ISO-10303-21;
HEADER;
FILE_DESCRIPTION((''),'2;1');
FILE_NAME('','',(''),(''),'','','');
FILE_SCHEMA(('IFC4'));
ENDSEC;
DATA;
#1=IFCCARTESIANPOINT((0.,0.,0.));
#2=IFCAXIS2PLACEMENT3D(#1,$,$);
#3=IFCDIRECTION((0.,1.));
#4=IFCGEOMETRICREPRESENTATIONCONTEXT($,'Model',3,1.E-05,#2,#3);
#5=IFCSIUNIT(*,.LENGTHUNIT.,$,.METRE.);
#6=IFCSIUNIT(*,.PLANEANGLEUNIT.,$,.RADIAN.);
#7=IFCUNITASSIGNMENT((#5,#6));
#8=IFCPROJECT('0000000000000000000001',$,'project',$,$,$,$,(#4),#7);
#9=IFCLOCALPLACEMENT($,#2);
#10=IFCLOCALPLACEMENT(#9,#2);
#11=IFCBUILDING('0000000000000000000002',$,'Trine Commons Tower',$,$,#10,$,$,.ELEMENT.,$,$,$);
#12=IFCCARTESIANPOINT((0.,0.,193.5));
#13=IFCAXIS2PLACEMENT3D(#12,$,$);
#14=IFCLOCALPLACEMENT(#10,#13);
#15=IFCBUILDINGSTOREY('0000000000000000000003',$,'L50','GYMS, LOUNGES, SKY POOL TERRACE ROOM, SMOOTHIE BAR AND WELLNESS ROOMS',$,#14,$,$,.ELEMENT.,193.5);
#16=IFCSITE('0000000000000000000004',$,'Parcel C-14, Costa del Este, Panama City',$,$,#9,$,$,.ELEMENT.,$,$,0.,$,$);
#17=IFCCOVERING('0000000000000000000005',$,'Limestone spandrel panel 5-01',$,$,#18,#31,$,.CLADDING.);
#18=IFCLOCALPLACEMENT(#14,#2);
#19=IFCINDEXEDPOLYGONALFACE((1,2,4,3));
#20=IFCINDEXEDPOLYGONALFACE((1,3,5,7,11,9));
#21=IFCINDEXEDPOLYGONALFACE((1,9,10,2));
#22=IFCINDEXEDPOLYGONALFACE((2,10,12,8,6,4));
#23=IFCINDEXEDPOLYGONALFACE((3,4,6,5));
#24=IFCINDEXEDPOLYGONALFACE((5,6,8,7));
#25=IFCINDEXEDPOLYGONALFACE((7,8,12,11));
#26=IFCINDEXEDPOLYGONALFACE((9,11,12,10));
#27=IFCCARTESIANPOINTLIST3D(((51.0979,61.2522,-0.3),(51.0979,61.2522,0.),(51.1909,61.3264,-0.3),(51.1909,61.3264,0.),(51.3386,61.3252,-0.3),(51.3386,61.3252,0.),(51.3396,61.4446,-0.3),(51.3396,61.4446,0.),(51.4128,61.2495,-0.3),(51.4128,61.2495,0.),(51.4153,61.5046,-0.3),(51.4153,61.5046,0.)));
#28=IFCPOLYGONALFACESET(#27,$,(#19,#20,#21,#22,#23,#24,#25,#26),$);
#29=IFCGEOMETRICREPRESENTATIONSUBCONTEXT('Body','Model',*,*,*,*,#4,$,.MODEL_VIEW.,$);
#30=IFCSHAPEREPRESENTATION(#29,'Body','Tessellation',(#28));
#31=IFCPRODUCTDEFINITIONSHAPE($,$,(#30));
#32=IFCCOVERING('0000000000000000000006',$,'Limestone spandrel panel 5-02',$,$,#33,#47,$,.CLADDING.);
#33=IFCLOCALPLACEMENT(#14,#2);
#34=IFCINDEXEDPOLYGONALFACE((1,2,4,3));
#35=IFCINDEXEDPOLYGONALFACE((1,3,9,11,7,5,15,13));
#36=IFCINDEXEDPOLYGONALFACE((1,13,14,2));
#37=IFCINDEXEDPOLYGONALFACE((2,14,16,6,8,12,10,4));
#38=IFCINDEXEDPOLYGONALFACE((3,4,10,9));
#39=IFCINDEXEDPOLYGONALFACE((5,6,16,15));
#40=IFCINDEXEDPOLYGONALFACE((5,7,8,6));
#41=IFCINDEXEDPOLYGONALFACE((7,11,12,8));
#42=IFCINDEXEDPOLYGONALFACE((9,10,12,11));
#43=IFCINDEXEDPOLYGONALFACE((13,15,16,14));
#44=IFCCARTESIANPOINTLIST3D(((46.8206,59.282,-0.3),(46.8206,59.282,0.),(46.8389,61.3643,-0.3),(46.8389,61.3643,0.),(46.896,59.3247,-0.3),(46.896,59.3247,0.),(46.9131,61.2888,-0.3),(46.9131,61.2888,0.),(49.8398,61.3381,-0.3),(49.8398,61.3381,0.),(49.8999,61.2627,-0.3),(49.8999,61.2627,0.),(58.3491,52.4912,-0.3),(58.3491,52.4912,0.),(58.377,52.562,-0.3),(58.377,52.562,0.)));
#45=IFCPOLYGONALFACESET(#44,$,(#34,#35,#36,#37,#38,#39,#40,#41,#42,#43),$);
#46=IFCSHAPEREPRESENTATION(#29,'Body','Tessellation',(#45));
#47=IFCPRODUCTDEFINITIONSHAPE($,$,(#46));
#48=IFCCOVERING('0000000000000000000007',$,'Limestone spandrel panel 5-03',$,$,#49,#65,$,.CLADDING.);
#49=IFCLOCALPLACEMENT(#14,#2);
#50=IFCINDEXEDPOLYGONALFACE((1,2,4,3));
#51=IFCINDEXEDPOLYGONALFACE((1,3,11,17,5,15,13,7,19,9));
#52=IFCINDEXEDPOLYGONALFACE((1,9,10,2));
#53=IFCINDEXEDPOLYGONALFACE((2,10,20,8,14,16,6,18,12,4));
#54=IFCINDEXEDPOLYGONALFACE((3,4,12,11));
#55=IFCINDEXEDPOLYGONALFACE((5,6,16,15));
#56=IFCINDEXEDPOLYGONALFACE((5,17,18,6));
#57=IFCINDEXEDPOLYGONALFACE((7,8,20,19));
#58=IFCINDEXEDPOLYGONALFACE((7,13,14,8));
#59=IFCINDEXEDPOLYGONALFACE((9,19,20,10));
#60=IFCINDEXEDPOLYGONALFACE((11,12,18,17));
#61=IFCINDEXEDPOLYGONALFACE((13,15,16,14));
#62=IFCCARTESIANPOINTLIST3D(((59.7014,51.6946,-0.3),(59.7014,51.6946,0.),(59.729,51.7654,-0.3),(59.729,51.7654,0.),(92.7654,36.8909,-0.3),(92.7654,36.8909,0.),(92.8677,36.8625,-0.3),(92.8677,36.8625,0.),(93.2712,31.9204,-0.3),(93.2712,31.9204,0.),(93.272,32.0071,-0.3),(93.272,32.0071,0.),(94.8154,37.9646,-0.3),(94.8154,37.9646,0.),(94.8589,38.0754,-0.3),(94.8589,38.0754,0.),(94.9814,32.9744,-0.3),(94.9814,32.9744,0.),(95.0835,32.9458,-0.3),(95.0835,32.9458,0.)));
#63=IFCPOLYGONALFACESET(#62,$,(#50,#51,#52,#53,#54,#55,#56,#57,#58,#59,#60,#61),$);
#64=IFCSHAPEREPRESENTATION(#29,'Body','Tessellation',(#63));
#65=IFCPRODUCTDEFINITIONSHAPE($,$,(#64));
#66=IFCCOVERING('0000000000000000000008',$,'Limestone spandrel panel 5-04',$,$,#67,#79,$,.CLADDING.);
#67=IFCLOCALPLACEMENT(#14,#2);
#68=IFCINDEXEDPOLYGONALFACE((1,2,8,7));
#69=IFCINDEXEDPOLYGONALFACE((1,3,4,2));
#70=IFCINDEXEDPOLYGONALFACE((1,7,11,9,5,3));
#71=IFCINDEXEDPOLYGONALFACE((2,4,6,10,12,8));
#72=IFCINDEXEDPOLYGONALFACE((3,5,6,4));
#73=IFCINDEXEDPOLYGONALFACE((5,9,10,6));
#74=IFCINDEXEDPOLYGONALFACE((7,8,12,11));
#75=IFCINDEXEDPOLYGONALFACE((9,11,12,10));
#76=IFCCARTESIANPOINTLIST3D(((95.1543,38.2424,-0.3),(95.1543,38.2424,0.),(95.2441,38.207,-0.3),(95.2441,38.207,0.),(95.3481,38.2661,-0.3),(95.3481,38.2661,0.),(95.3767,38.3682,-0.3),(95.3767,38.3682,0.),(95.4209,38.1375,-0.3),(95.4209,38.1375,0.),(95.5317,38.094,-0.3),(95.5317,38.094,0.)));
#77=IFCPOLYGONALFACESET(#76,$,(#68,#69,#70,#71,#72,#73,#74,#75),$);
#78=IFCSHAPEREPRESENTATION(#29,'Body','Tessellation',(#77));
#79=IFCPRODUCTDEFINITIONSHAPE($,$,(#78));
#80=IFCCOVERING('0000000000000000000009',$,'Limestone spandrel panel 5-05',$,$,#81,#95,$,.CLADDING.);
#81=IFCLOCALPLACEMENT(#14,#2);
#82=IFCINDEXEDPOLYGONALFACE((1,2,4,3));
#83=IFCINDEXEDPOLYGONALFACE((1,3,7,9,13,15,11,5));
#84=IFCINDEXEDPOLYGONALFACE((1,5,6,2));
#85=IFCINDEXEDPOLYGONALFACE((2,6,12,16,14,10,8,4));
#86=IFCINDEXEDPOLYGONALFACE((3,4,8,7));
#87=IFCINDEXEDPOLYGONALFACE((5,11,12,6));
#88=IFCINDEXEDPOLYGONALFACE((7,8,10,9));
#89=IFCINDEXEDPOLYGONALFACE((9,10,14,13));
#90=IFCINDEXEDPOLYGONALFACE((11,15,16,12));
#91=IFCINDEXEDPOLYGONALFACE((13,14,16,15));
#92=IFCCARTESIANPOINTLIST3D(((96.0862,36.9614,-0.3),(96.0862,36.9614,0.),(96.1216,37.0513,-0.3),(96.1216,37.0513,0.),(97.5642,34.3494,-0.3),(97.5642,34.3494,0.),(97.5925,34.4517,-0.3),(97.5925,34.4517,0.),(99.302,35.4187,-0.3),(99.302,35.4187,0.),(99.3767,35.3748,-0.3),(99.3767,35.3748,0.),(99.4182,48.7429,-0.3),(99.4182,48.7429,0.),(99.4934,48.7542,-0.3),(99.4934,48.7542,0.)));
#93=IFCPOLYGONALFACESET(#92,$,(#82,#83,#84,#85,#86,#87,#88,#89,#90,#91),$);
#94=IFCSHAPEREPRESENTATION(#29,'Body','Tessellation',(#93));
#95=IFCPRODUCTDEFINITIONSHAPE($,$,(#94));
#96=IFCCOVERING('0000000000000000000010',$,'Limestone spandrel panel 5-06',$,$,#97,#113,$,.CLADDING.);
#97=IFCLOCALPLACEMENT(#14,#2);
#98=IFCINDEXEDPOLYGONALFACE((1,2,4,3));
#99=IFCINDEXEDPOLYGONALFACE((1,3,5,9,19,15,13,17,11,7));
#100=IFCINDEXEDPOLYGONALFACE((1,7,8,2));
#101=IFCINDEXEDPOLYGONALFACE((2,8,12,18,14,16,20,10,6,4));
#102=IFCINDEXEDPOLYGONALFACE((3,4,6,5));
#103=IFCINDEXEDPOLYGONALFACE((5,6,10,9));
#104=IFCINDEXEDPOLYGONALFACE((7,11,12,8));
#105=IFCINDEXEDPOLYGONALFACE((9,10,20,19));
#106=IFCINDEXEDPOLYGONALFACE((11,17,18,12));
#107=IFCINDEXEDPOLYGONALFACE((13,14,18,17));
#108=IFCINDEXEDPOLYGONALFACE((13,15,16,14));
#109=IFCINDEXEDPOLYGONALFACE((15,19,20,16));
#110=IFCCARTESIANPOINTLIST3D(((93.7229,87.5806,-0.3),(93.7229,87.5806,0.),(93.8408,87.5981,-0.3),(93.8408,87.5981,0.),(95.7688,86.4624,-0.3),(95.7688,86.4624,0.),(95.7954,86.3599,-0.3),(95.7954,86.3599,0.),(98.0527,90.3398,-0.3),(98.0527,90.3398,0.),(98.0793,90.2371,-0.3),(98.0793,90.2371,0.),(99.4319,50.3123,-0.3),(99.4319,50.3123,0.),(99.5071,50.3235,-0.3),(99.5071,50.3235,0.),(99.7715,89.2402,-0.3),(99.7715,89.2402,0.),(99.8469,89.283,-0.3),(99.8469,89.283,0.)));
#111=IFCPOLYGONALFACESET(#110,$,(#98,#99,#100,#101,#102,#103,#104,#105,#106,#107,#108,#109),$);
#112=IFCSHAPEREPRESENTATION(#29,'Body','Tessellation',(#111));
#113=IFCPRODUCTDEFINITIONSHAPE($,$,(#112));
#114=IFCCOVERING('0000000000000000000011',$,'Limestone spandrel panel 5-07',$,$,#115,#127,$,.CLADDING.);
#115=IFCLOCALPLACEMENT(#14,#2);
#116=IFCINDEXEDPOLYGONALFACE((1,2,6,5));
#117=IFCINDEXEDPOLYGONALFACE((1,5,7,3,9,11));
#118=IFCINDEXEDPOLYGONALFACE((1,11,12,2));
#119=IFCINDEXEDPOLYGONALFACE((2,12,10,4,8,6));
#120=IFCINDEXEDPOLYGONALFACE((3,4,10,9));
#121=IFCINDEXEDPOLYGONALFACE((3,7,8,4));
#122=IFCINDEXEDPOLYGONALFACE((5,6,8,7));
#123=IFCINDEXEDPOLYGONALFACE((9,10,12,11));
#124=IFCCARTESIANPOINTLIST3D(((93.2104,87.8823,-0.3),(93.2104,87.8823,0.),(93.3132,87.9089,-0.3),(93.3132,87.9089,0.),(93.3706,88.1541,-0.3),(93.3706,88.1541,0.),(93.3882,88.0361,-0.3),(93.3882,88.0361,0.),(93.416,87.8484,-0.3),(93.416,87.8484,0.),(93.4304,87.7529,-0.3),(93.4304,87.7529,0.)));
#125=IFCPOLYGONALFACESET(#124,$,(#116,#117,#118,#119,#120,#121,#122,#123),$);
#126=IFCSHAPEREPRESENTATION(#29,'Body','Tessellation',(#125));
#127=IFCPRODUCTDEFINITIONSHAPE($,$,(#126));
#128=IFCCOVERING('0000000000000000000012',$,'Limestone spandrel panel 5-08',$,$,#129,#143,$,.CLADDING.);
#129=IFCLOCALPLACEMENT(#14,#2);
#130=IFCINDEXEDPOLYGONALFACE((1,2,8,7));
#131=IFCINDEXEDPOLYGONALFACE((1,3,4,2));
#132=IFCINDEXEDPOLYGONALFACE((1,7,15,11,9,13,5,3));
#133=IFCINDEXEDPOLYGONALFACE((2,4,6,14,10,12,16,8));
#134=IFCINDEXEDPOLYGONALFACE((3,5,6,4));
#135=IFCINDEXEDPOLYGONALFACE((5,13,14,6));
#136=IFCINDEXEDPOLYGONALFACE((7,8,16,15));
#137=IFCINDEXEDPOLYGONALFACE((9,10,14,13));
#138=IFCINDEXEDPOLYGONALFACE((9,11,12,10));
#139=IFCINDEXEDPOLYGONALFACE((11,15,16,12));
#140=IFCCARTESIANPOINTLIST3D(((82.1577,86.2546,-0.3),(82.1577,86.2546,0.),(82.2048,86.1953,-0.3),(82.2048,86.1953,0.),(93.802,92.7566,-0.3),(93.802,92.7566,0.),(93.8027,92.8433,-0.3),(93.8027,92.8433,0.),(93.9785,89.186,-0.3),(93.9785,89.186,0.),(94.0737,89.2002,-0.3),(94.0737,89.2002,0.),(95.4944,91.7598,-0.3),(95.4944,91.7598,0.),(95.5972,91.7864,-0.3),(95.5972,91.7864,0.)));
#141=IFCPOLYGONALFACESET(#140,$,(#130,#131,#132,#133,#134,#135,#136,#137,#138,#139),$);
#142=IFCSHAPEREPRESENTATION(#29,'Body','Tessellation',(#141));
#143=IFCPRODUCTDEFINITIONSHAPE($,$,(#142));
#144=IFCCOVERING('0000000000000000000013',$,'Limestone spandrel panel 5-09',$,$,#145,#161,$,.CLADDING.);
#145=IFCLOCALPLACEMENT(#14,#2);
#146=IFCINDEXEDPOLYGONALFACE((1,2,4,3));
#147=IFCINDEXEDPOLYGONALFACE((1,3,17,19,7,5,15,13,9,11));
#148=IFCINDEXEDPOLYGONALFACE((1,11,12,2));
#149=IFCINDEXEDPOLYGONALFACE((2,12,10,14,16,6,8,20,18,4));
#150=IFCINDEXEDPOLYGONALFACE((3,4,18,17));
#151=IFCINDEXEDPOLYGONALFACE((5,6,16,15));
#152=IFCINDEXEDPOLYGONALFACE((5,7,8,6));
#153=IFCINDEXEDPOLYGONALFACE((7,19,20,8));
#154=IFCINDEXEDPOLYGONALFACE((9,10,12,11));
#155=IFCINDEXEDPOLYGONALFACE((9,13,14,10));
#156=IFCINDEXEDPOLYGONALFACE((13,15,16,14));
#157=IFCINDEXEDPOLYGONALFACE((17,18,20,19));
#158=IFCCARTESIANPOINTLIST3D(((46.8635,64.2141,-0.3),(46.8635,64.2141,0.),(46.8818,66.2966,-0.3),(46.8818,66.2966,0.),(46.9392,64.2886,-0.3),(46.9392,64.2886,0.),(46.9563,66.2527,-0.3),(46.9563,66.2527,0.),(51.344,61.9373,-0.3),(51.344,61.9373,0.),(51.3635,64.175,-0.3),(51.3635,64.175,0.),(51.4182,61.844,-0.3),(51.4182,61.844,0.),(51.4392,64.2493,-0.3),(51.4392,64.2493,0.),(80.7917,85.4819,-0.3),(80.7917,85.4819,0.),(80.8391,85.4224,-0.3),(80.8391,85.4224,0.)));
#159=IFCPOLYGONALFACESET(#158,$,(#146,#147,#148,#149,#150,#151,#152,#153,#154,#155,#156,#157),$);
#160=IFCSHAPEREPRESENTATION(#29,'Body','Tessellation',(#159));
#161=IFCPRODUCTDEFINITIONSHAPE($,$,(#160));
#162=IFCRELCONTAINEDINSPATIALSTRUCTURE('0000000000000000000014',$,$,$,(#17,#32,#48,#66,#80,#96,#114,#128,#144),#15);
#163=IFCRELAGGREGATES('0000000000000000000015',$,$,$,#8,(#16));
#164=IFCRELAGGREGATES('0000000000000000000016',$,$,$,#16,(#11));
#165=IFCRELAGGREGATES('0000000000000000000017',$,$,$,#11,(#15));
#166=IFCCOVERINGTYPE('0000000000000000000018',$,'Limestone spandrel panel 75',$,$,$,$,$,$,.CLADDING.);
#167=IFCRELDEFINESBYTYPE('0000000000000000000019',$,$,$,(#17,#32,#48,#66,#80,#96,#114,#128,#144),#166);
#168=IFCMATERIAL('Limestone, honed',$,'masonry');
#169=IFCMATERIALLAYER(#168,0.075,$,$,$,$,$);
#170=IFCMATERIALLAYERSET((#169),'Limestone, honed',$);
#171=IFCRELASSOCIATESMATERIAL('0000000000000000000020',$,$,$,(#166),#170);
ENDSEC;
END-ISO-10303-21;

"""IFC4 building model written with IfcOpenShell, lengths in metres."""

from ifc_helpers import new_model, si_unit, direction, frame, origin, place, context, subcontext, project, spatial, polyline, outline, extrude, material, layer, layer_set, type_object, element, save


model = new_model("IFC4")

# Units and contexts
model_context = context("Model", 3, precision=1e-05, world=origin(), true_north=direction((0.0, 1.0)))
body_context = subcontext(model_context, "Body", "Model", "MODEL_VIEW")
ifc_project = project(units=[si_unit("LENGTHUNIT", "METRE"), si_unit("PLANEANGLEUNIT", "RADIAN")], contexts=[model_context])

# Site, building, storey
site_placement = place(None, origin())
site = spatial("IfcSite", under=ifc_project, at=site_placement, Name="Parcel C-14, Costa del Este, Panama City", CompositionType="ELEMENT", RefElevation=0.0)
building_placement = place(site_placement, origin())
building = spatial("IfcBuilding", under=site, at=building_placement, Name="Trine Commons Tower", CompositionType="ELEMENT")
storey_placement = place(building_placement, frame((0.0, 0.0, 193.5)))
storey = spatial("IfcBuildingStorey", under=building, at=storey_placement, Name="L50", Description="GYMS, LOUNGES, SKY POOL TERRACE ROOM, SMOOTHIE BAR AND WELLNESS ROOMS", CompositionType="ELEMENT", Elevation=193.5)

# Coverings
ifc_material_1 = material(Name="Limestone, honed", Category="masonry")
ifc_layer_1 = layer(ifc_material_1, 0.075)
ifc_layer_set_1 = layer_set([ifc_layer_1], Name="Limestone, honed")
covering_type_1 = type_object("IfcCoveringType", Name="Limestone spandrel panel 75", PredefinedType="CLADDING", material=ifc_layer_set_1)
covering_1_placement = place(storey_placement, frame((0.0, 0.0, -0.3)))
element("IfcCovering", 1, at=covering_1_placement, inside=storey, type_object=covering_type_1, Name="Limestone spandrel panel 5-01", PredefinedType="CLADDING", context=body_context, shape_type="SweptSolid", body=[
    extrude(outline(polyline([(51.3386, 61.3252), (51.1909, 61.3264), (51.0979, 61.2522), (51.4128, 61.2495), (51.4153, 61.5046), (51.3396, 61.4446), (51.3386, 61.3252)])), origin(), (0.0, 0.0, 1.0), 0.3),
])
covering_2_placement = place(storey_placement, frame((0.0, 0.0, -0.3)))
element("IfcCovering", 2, at=covering_2_placement, inside=storey, type_object=covering_type_1, Name="Limestone spandrel panel 5-02", PredefinedType="CLADDING", context=body_context, shape_type="SweptSolid", body=[
    extrude(outline(polyline([(46.8206, 59.282), (58.3491, 52.4912), (58.377, 52.562), (46.896, 59.3247), (46.9131, 61.2888), (49.8999, 61.2627), (49.8398, 61.3381), (46.8389, 61.3643), (46.8206, 59.282)])), origin(), (0.0, 0.0, 1.0), 0.3),
])
covering_3_placement = place(storey_placement, frame((0.0, 0.0, -0.3)))
element("IfcCovering", 3, at=covering_3_placement, inside=storey, type_object=covering_type_1, Name="Limestone spandrel panel 5-03", PredefinedType="CLADDING", context=body_context, shape_type="SweptSolid", body=[
    extrude(outline(polyline([(92.8677, 36.8625), (94.8154, 37.9646), (94.8589, 38.0754), (92.7654, 36.8909), (94.9814, 32.9744), (93.272, 32.0071), (59.729, 51.7654), (59.7014, 51.6946), (93.2712, 31.9204), (95.0835, 32.9458), (92.8677, 36.8625)])), origin(), (0.0, 0.0, 1.0), 0.3),
])
covering_4_placement = place(storey_placement, frame((0.0, 0.0, -0.3)))
element("IfcCovering", 4, at=covering_4_placement, inside=storey, type_object=covering_type_1, Name="Limestone spandrel panel 5-04", PredefinedType="CLADDING", context=body_context, shape_type="SweptSolid", body=[
    extrude(outline(polyline([(95.3481, 38.2661), (95.4209, 38.1375), (95.5317, 38.094), (95.3767, 38.3682), (95.1543, 38.2424), (95.2441, 38.207), (95.3481, 38.2661)])), origin(), (0.0, 0.0, 1.0), 0.3),
])
covering_5_placement = place(storey_placement, frame((0.0, 0.0, -0.3)))
element("IfcCovering", 5, at=covering_5_placement, inside=storey, type_object=covering_type_1, Name="Limestone spandrel panel 5-05", PredefinedType="CLADDING", context=body_context, shape_type="SweptSolid", body=[
    extrude(outline(polyline([(96.0862, 36.9614), (97.5642, 34.3494), (99.3767, 35.3748), (99.4934, 48.7542), (99.4182, 48.7429), (99.302, 35.4187), (97.5925, 34.4517), (96.1216, 37.0513), (96.0862, 36.9614)])), origin(), (0.0, 0.0, 1.0), 0.3),
])
covering_6_placement = place(storey_placement, frame((0.0, 0.0, -0.3)))
element("IfcCovering", 6, at=covering_6_placement, inside=storey, type_object=covering_type_1, Name="Limestone spandrel panel 5-06", PredefinedType="CLADDING", context=body_context, shape_type="SweptSolid", body=[
    extrude(outline(polyline([(95.7688, 86.4624), (93.8408, 87.5981), (93.7229, 87.5806), (95.7954, 86.3599), (98.0793, 90.2371), (99.7715, 89.2402), (99.4319, 50.3123), (99.5071, 50.3235), (99.8469, 89.283), (98.0527, 90.3398), (95.7688, 86.4624)])), origin(), (0.0, 0.0, 1.0), 0.3),
])
covering_7_placement = place(storey_placement, frame((0.0, 0.0, -0.3)))
element("IfcCovering", 7, at=covering_7_placement, inside=storey, type_object=covering_type_1, Name="Limestone spandrel panel 5-07", PredefinedType="CLADDING", context=body_context, shape_type="SweptSolid", body=[
    extrude(outline(polyline([(93.3132, 87.9089), (93.3882, 88.0361), (93.3706, 88.1541), (93.2104, 87.8823), (93.4304, 87.7529), (93.416, 87.8484), (93.3132, 87.9089)])), origin(), (0.0, 0.0, 1.0), 0.3),
])
covering_8_placement = place(storey_placement, frame((0.0, 0.0, -0.3)))
element("IfcCovering", 8, at=covering_8_placement, inside=storey, type_object=covering_type_1, Name="Limestone spandrel panel 5-08", PredefinedType="CLADDING", context=body_context, shape_type="SweptSolid", body=[
    extrude(outline(polyline([(93.8027, 92.8433), (82.1577, 86.2546), (82.2048, 86.1953), (93.802, 92.7566), (95.4944, 91.7598), (93.9785, 89.186), (94.0737, 89.2002), (95.5972, 91.7864), (93.8027, 92.8433)])), origin(), (0.0, 0.0, 1.0), 0.3),
])
covering_9_placement = place(storey_placement, frame((0.0, 0.0, -0.3)))
element("IfcCovering", 9, at=covering_9_placement, inside=storey, type_object=covering_type_1, Name="Limestone spandrel panel 5-09", PredefinedType="CLADDING", context=body_context, shape_type="SweptSolid", body=[
    extrude(outline(polyline([(51.3635, 64.175), (51.344, 61.9373), (51.4182, 61.844), (51.4392, 64.2493), (46.9392, 64.2886), (46.9563, 66.2527), (80.8391, 85.4224), (80.7917, 85.4819), (46.8818, 66.2966), (46.8635, 64.2141), (51.3635, 64.175)])), origin(), (0.0, 0.0, 1.0), 0.3),
])

save(model, "model.ifc")
